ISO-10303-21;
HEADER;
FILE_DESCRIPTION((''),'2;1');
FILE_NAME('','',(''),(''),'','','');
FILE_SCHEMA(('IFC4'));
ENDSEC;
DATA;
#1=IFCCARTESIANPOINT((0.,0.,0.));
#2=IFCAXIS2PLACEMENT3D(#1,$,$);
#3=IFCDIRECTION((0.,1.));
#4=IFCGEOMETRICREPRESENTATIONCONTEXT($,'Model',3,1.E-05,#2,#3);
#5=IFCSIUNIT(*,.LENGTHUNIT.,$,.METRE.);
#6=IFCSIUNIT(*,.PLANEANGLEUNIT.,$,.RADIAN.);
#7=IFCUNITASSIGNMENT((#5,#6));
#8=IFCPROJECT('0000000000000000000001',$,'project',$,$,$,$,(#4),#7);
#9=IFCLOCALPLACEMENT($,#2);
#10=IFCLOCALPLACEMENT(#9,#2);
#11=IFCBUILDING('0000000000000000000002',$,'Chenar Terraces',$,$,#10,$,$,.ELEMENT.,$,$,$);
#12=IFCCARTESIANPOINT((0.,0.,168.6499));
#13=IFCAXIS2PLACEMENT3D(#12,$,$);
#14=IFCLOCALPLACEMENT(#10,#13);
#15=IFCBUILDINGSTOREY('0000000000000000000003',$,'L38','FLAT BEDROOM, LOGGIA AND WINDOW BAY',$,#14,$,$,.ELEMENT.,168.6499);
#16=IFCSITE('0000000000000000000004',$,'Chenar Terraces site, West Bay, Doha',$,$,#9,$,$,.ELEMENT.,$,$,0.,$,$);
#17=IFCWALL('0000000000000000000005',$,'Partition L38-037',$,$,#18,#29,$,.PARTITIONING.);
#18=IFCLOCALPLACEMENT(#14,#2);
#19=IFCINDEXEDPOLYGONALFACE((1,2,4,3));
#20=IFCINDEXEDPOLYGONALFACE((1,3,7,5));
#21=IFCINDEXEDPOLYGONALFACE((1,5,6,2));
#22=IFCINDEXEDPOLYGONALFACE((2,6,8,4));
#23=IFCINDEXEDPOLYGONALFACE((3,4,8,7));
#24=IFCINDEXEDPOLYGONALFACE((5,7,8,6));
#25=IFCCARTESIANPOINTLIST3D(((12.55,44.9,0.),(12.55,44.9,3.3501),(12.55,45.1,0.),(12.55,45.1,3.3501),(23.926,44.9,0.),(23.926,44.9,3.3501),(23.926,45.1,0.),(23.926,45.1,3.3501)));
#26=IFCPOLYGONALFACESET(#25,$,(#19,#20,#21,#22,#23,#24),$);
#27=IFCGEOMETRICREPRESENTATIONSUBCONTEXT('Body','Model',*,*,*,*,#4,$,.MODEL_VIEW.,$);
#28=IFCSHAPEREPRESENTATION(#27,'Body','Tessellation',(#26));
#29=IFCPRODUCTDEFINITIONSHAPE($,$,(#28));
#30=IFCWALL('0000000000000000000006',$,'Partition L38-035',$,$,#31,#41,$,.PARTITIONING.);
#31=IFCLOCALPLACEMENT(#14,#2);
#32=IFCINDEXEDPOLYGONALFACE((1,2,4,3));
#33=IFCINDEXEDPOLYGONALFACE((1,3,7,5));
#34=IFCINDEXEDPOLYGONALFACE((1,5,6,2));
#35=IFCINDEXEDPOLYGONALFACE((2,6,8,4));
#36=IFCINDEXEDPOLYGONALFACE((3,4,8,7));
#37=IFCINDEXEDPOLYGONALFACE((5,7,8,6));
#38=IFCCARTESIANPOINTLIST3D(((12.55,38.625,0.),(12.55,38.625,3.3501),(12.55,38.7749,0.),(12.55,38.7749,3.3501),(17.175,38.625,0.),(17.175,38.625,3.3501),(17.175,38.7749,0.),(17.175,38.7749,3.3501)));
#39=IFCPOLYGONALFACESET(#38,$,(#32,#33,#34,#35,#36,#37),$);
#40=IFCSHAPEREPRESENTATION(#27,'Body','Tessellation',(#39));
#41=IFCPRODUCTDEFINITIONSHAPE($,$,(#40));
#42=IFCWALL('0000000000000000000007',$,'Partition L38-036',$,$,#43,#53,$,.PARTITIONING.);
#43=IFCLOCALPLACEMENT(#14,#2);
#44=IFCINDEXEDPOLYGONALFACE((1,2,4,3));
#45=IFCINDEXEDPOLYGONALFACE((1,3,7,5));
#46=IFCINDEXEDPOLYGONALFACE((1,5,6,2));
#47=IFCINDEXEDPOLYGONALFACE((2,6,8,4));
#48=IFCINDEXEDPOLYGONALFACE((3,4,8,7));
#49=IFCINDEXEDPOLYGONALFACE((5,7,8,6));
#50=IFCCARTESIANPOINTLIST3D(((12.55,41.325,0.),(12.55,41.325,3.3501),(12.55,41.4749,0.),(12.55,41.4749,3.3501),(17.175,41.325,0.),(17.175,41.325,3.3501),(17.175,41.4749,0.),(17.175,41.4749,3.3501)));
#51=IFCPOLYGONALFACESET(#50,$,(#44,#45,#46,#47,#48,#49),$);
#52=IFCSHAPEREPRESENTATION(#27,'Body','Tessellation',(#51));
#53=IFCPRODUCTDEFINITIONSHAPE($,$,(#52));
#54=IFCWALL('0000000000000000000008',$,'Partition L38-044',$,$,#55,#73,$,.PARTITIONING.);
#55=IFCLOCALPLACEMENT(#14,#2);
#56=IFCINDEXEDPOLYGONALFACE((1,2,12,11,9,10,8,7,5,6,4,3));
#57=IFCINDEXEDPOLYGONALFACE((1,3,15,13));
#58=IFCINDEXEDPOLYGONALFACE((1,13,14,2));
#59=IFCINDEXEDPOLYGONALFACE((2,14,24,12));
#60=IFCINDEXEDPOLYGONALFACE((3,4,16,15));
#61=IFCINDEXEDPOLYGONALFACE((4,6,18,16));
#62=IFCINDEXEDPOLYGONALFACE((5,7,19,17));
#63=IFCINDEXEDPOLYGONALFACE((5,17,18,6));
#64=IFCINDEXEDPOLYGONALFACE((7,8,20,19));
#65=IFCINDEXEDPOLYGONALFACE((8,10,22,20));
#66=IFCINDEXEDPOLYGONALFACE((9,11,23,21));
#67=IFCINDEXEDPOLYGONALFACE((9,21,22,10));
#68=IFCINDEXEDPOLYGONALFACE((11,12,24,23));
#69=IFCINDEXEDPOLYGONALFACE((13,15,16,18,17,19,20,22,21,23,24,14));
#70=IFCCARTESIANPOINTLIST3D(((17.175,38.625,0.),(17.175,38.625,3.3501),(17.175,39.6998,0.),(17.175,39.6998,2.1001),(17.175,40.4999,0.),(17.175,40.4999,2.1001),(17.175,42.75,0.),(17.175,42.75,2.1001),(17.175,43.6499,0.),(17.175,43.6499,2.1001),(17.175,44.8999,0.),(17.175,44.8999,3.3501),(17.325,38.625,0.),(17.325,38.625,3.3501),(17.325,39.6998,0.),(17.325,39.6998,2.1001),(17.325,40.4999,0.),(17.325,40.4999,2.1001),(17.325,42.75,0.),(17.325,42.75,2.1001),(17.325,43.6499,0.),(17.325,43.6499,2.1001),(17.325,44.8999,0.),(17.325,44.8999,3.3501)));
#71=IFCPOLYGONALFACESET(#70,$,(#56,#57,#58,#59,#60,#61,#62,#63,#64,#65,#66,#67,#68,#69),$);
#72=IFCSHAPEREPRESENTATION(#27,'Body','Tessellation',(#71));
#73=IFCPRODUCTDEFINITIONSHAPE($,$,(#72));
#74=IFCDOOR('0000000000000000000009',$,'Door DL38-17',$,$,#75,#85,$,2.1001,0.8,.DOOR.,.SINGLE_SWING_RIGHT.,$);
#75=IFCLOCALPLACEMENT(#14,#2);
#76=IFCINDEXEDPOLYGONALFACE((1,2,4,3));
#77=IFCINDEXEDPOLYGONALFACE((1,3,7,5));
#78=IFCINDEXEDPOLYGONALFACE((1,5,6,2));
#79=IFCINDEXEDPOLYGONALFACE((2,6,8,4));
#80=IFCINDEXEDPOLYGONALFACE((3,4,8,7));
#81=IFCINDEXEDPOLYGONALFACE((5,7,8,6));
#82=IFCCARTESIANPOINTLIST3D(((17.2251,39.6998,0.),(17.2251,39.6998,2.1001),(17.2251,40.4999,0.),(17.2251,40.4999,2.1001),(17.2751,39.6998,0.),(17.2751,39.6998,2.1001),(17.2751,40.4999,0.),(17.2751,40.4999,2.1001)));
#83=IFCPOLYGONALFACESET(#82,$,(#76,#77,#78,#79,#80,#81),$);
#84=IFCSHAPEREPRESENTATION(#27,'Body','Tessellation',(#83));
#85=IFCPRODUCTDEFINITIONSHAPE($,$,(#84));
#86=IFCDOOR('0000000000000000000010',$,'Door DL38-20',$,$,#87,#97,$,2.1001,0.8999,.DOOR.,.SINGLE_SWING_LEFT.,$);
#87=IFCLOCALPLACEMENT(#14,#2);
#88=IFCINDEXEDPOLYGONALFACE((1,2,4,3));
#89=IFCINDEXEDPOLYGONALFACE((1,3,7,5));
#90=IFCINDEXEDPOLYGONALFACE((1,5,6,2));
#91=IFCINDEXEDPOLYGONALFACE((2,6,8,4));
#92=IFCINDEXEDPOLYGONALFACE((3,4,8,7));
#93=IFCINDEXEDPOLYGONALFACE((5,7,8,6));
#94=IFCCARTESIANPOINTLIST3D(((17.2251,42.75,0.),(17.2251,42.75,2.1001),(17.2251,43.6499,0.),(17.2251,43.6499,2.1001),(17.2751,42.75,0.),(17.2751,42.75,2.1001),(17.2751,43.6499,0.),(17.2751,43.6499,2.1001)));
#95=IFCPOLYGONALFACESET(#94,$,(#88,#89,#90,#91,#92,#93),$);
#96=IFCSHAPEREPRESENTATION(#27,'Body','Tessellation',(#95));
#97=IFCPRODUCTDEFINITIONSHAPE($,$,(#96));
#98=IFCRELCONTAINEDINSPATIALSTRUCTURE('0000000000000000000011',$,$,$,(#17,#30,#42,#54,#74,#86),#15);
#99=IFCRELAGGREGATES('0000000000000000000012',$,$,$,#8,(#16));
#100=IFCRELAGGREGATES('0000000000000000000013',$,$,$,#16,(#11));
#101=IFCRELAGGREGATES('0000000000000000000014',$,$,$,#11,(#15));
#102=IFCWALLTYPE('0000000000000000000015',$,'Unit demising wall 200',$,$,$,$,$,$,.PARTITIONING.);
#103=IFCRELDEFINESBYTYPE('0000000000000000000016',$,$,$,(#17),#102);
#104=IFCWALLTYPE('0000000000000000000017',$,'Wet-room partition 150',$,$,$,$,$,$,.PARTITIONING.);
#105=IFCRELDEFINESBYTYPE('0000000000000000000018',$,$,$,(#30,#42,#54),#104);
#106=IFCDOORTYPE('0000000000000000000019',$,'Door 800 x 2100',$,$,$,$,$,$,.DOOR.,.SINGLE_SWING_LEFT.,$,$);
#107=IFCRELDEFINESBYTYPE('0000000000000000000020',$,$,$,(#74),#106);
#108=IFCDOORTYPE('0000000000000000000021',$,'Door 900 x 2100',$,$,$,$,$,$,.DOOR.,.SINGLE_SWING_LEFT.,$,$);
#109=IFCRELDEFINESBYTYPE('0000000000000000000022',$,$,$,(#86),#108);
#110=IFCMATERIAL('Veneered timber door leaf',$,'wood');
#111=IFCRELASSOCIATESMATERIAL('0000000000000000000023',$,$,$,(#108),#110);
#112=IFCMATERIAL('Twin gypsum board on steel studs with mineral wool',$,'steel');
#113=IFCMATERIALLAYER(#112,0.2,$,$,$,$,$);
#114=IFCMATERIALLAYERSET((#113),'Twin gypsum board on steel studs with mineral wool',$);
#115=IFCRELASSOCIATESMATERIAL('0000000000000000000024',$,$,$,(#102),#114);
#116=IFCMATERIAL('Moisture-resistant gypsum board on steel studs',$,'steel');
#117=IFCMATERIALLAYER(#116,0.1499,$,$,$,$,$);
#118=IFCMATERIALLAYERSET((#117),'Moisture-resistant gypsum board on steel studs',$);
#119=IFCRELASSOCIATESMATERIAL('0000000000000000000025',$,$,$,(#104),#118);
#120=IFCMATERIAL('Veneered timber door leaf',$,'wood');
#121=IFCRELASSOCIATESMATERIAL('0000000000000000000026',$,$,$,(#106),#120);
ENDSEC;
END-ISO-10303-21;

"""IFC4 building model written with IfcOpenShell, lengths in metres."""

from ifc_helpers import new_model, si_unit, direction, frame, frame_2d, origin, place, context, subcontext, project, spatial, rectangle, extrude, material, layer, layer_set, type_object, element, fill, save


model = new_model("IFC4")

# Units and contexts
model_context = context("Model", 3, precision=1e-05, world=origin(), true_north=direction((0.0, 1.0)))
body_context = subcontext(model_context, "Body", "Model", "MODEL_VIEW")
ifc_project = project(units=[si_unit("LENGTHUNIT", "METRE"), si_unit("PLANEANGLEUNIT", "RADIAN")], contexts=[model_context])

# Site, building, storey
site_placement = place(None, origin())
site = spatial("IfcSite", under=ifc_project, at=site_placement, Name="Chenar Terraces site, West Bay, Doha", CompositionType="ELEMENT", RefElevation=0.0)
building_placement = place(site_placement, origin())
building = spatial("IfcBuilding", under=site, at=building_placement, Name="Chenar Terraces", CompositionType="ELEMENT")
storey_placement = place(building_placement, frame((0.0, 0.0, 168.6499)))
storey = spatial("IfcBuildingStorey", under=building, at=storey_placement, Name="L38", Description="FLAT BEDROOM, LOGGIA AND WINDOW BAY", CompositionType="ELEMENT", Elevation=168.6499)

# Shared definitions
ifc_material_1 = material(Name="Veneered timber door leaf", Category="wood")
door_type_1 = type_object("IfcDoorType", Name="Door 900 x 2100", OperationType="SINGLE_SWING_LEFT", PredefinedType="DOOR", material=ifc_material_1)

# Walls
ifc_material_2 = material(Name="Twin gypsum board on steel studs with mineral wool", Category="steel")
ifc_layer_1 = layer(ifc_material_2, 0.2)
ifc_layer_set_1 = layer_set([ifc_layer_1], Name="Twin gypsum board on steel studs with mineral wool")
wall_type_1 = type_object("IfcWallType", Name="Unit demising wall 200", PredefinedType="PARTITIONING", material=ifc_layer_set_1)
wall_1_placement = place(storey_placement, frame((12.55, 45.0, 0.0), z_axis=(0.0, 0.0, 1.0), x_axis=(1.0, 0.0, 0.0)))
element("IfcWall", 1, at=wall_1_placement, inside=storey, type_object=wall_type_1, Name="Partition L38-037", PredefinedType="PARTITIONING", context=body_context, shape_type="SweptSolid", body=[
    extrude(rectangle(XDim=11.376, YDim=0.2, at=frame_2d((5.688, 0.0))), origin(), (0.0, 0.0, 1.0), 3.3501),
])
ifc_material_3 = material(Name="Moisture-resistant gypsum board on steel studs", Category="steel")
ifc_layer_2 = layer(ifc_material_3, 0.1499)
ifc_layer_set_2 = layer_set([ifc_layer_2], Name="Moisture-resistant gypsum board on steel studs")
wall_type_2 = type_object("IfcWallType", Name="Wet-room partition 150", PredefinedType="PARTITIONING", material=ifc_layer_set_2)
for number, where, z_axis, x_axis, name in (
    (2, (12.55, 38.7, 0.0), (0.0, 0.0, 1.0), (1.0, 0.0, 0.0), "Partition L38-035"),
    (3, (12.55, 41.3999, 0.0), (0.0, 0.0, 1.0), (1.0, 0.0, 0.0), "Partition L38-036"),
):
    element("IfcWall", number, at=place(storey_placement, frame(where, z_axis=z_axis, x_axis=x_axis)), inside=storey, type_object=wall_type_2, Name=name, PredefinedType="PARTITIONING", context=body_context, shape_type="SweptSolid", body=[
        extrude(rectangle(XDim=4.625, YDim=0.1499, at=frame_2d((2.3125, 0.0))), origin(), (0.0, 0.0, 1.0), 3.3501),
    ])

# Wall, openings, doors
wall_2_placement = place(storey_placement, frame((17.25, 38.625, 0.0), z_axis=(0.0, 0.0, 1.0), x_axis=(0.0, 1.0, 0.0)))
wall_2 = element("IfcWall", 4, at=wall_2_placement, inside=storey, type_object=wall_type_2, Name="Partition L38-044", PredefinedType="PARTITIONING", context=body_context, shape_type="SweptSolid", body=[
    extrude(rectangle(XDim=6.2749, YDim=0.1499, at=frame_2d((3.1375, 0.0))), origin(), (0.0, 0.0, 1.0), 3.3501),
])
opening_1_placement = place(wall_2_placement, frame((1.075, 0.0, 0.0)))
opening_1 = element("IfcOpeningElement", 5, at=opening_1_placement, cuts=wall_2, PredefinedType="OPENING", context=body_context, shape_type="SweptSolid", body=[
    extrude(rectangle(XDim=0.8, YDim=2.1001, at=frame_2d((0.3999, 1.05))), frame((0.0, 0.085, 0.0), z_axis=(0.0, -1.0, 0.0), x_axis=(1.0, 0.0, 0.0)), (0.0, 0.0, 1.0), 0.1699),
])
opening_2_placement = place(wall_2_placement, frame((4.125, 0.0, 0.0)))
opening_2 = element("IfcOpeningElement", 6, at=opening_2_placement, cuts=wall_2, PredefinedType="OPENING", context=body_context, shape_type="SweptSolid", body=[
    extrude(rectangle(XDim=0.8999, YDim=2.1001, at=frame_2d((0.45, 1.05))), frame((0.0, 0.085, 0.0), z_axis=(0.0, -1.0, 0.0), x_axis=(1.0, 0.0, 0.0)), (0.0, 0.0, 1.0), 0.1699),
])
ifc_material_4 = material(Name="Veneered timber door leaf", Category="wood")
door_type_2 = type_object("IfcDoorType", Name="Door 800 x 2100", OperationType="SINGLE_SWING_LEFT", PredefinedType="DOOR", material=ifc_material_4)
door_1_placement = place(opening_1_placement, origin())
door_1 = element("IfcDoor", 7, at=door_1_placement, inside=storey, type_object=door_type_2, Name="Door DL38-17", OperationType="SINGLE_SWING_RIGHT", OverallHeight=2.1001, OverallWidth=0.8, PredefinedType="DOOR", context=body_context, shape_type="SweptSolid", body=[
    extrude(rectangle(XDim=0.8, YDim=2.1001, at=frame_2d((0.3999, 1.05))), frame((0.0, 0.0249, 0.0), z_axis=(0.0, -1.0, 0.0), x_axis=(1.0, 0.0, 0.0)), (0.0, 0.0, 1.0), 0.05),
])
fill(opening_1, door_1)
door_2_placement = place(opening_2_placement, origin())
door_2 = element("IfcDoor", 8, at=door_2_placement, inside=storey, type_object=door_type_1, Name="Door DL38-20", OperationType="SINGLE_SWING_LEFT", OverallHeight=2.1001, OverallWidth=0.8999, PredefinedType="DOOR", context=body_context, shape_type="SweptSolid", body=[
    extrude(rectangle(XDim=0.8999, YDim=2.1001, at=frame_2d((0.45, 1.05))), frame((0.0, 0.0249, 0.0), z_axis=(0.0, -1.0, 0.0), x_axis=(1.0, 0.0, 0.0)), (0.0, 0.0, 1.0), 0.05),
])
fill(opening_2, door_2)

save(model, "model.ifc")
